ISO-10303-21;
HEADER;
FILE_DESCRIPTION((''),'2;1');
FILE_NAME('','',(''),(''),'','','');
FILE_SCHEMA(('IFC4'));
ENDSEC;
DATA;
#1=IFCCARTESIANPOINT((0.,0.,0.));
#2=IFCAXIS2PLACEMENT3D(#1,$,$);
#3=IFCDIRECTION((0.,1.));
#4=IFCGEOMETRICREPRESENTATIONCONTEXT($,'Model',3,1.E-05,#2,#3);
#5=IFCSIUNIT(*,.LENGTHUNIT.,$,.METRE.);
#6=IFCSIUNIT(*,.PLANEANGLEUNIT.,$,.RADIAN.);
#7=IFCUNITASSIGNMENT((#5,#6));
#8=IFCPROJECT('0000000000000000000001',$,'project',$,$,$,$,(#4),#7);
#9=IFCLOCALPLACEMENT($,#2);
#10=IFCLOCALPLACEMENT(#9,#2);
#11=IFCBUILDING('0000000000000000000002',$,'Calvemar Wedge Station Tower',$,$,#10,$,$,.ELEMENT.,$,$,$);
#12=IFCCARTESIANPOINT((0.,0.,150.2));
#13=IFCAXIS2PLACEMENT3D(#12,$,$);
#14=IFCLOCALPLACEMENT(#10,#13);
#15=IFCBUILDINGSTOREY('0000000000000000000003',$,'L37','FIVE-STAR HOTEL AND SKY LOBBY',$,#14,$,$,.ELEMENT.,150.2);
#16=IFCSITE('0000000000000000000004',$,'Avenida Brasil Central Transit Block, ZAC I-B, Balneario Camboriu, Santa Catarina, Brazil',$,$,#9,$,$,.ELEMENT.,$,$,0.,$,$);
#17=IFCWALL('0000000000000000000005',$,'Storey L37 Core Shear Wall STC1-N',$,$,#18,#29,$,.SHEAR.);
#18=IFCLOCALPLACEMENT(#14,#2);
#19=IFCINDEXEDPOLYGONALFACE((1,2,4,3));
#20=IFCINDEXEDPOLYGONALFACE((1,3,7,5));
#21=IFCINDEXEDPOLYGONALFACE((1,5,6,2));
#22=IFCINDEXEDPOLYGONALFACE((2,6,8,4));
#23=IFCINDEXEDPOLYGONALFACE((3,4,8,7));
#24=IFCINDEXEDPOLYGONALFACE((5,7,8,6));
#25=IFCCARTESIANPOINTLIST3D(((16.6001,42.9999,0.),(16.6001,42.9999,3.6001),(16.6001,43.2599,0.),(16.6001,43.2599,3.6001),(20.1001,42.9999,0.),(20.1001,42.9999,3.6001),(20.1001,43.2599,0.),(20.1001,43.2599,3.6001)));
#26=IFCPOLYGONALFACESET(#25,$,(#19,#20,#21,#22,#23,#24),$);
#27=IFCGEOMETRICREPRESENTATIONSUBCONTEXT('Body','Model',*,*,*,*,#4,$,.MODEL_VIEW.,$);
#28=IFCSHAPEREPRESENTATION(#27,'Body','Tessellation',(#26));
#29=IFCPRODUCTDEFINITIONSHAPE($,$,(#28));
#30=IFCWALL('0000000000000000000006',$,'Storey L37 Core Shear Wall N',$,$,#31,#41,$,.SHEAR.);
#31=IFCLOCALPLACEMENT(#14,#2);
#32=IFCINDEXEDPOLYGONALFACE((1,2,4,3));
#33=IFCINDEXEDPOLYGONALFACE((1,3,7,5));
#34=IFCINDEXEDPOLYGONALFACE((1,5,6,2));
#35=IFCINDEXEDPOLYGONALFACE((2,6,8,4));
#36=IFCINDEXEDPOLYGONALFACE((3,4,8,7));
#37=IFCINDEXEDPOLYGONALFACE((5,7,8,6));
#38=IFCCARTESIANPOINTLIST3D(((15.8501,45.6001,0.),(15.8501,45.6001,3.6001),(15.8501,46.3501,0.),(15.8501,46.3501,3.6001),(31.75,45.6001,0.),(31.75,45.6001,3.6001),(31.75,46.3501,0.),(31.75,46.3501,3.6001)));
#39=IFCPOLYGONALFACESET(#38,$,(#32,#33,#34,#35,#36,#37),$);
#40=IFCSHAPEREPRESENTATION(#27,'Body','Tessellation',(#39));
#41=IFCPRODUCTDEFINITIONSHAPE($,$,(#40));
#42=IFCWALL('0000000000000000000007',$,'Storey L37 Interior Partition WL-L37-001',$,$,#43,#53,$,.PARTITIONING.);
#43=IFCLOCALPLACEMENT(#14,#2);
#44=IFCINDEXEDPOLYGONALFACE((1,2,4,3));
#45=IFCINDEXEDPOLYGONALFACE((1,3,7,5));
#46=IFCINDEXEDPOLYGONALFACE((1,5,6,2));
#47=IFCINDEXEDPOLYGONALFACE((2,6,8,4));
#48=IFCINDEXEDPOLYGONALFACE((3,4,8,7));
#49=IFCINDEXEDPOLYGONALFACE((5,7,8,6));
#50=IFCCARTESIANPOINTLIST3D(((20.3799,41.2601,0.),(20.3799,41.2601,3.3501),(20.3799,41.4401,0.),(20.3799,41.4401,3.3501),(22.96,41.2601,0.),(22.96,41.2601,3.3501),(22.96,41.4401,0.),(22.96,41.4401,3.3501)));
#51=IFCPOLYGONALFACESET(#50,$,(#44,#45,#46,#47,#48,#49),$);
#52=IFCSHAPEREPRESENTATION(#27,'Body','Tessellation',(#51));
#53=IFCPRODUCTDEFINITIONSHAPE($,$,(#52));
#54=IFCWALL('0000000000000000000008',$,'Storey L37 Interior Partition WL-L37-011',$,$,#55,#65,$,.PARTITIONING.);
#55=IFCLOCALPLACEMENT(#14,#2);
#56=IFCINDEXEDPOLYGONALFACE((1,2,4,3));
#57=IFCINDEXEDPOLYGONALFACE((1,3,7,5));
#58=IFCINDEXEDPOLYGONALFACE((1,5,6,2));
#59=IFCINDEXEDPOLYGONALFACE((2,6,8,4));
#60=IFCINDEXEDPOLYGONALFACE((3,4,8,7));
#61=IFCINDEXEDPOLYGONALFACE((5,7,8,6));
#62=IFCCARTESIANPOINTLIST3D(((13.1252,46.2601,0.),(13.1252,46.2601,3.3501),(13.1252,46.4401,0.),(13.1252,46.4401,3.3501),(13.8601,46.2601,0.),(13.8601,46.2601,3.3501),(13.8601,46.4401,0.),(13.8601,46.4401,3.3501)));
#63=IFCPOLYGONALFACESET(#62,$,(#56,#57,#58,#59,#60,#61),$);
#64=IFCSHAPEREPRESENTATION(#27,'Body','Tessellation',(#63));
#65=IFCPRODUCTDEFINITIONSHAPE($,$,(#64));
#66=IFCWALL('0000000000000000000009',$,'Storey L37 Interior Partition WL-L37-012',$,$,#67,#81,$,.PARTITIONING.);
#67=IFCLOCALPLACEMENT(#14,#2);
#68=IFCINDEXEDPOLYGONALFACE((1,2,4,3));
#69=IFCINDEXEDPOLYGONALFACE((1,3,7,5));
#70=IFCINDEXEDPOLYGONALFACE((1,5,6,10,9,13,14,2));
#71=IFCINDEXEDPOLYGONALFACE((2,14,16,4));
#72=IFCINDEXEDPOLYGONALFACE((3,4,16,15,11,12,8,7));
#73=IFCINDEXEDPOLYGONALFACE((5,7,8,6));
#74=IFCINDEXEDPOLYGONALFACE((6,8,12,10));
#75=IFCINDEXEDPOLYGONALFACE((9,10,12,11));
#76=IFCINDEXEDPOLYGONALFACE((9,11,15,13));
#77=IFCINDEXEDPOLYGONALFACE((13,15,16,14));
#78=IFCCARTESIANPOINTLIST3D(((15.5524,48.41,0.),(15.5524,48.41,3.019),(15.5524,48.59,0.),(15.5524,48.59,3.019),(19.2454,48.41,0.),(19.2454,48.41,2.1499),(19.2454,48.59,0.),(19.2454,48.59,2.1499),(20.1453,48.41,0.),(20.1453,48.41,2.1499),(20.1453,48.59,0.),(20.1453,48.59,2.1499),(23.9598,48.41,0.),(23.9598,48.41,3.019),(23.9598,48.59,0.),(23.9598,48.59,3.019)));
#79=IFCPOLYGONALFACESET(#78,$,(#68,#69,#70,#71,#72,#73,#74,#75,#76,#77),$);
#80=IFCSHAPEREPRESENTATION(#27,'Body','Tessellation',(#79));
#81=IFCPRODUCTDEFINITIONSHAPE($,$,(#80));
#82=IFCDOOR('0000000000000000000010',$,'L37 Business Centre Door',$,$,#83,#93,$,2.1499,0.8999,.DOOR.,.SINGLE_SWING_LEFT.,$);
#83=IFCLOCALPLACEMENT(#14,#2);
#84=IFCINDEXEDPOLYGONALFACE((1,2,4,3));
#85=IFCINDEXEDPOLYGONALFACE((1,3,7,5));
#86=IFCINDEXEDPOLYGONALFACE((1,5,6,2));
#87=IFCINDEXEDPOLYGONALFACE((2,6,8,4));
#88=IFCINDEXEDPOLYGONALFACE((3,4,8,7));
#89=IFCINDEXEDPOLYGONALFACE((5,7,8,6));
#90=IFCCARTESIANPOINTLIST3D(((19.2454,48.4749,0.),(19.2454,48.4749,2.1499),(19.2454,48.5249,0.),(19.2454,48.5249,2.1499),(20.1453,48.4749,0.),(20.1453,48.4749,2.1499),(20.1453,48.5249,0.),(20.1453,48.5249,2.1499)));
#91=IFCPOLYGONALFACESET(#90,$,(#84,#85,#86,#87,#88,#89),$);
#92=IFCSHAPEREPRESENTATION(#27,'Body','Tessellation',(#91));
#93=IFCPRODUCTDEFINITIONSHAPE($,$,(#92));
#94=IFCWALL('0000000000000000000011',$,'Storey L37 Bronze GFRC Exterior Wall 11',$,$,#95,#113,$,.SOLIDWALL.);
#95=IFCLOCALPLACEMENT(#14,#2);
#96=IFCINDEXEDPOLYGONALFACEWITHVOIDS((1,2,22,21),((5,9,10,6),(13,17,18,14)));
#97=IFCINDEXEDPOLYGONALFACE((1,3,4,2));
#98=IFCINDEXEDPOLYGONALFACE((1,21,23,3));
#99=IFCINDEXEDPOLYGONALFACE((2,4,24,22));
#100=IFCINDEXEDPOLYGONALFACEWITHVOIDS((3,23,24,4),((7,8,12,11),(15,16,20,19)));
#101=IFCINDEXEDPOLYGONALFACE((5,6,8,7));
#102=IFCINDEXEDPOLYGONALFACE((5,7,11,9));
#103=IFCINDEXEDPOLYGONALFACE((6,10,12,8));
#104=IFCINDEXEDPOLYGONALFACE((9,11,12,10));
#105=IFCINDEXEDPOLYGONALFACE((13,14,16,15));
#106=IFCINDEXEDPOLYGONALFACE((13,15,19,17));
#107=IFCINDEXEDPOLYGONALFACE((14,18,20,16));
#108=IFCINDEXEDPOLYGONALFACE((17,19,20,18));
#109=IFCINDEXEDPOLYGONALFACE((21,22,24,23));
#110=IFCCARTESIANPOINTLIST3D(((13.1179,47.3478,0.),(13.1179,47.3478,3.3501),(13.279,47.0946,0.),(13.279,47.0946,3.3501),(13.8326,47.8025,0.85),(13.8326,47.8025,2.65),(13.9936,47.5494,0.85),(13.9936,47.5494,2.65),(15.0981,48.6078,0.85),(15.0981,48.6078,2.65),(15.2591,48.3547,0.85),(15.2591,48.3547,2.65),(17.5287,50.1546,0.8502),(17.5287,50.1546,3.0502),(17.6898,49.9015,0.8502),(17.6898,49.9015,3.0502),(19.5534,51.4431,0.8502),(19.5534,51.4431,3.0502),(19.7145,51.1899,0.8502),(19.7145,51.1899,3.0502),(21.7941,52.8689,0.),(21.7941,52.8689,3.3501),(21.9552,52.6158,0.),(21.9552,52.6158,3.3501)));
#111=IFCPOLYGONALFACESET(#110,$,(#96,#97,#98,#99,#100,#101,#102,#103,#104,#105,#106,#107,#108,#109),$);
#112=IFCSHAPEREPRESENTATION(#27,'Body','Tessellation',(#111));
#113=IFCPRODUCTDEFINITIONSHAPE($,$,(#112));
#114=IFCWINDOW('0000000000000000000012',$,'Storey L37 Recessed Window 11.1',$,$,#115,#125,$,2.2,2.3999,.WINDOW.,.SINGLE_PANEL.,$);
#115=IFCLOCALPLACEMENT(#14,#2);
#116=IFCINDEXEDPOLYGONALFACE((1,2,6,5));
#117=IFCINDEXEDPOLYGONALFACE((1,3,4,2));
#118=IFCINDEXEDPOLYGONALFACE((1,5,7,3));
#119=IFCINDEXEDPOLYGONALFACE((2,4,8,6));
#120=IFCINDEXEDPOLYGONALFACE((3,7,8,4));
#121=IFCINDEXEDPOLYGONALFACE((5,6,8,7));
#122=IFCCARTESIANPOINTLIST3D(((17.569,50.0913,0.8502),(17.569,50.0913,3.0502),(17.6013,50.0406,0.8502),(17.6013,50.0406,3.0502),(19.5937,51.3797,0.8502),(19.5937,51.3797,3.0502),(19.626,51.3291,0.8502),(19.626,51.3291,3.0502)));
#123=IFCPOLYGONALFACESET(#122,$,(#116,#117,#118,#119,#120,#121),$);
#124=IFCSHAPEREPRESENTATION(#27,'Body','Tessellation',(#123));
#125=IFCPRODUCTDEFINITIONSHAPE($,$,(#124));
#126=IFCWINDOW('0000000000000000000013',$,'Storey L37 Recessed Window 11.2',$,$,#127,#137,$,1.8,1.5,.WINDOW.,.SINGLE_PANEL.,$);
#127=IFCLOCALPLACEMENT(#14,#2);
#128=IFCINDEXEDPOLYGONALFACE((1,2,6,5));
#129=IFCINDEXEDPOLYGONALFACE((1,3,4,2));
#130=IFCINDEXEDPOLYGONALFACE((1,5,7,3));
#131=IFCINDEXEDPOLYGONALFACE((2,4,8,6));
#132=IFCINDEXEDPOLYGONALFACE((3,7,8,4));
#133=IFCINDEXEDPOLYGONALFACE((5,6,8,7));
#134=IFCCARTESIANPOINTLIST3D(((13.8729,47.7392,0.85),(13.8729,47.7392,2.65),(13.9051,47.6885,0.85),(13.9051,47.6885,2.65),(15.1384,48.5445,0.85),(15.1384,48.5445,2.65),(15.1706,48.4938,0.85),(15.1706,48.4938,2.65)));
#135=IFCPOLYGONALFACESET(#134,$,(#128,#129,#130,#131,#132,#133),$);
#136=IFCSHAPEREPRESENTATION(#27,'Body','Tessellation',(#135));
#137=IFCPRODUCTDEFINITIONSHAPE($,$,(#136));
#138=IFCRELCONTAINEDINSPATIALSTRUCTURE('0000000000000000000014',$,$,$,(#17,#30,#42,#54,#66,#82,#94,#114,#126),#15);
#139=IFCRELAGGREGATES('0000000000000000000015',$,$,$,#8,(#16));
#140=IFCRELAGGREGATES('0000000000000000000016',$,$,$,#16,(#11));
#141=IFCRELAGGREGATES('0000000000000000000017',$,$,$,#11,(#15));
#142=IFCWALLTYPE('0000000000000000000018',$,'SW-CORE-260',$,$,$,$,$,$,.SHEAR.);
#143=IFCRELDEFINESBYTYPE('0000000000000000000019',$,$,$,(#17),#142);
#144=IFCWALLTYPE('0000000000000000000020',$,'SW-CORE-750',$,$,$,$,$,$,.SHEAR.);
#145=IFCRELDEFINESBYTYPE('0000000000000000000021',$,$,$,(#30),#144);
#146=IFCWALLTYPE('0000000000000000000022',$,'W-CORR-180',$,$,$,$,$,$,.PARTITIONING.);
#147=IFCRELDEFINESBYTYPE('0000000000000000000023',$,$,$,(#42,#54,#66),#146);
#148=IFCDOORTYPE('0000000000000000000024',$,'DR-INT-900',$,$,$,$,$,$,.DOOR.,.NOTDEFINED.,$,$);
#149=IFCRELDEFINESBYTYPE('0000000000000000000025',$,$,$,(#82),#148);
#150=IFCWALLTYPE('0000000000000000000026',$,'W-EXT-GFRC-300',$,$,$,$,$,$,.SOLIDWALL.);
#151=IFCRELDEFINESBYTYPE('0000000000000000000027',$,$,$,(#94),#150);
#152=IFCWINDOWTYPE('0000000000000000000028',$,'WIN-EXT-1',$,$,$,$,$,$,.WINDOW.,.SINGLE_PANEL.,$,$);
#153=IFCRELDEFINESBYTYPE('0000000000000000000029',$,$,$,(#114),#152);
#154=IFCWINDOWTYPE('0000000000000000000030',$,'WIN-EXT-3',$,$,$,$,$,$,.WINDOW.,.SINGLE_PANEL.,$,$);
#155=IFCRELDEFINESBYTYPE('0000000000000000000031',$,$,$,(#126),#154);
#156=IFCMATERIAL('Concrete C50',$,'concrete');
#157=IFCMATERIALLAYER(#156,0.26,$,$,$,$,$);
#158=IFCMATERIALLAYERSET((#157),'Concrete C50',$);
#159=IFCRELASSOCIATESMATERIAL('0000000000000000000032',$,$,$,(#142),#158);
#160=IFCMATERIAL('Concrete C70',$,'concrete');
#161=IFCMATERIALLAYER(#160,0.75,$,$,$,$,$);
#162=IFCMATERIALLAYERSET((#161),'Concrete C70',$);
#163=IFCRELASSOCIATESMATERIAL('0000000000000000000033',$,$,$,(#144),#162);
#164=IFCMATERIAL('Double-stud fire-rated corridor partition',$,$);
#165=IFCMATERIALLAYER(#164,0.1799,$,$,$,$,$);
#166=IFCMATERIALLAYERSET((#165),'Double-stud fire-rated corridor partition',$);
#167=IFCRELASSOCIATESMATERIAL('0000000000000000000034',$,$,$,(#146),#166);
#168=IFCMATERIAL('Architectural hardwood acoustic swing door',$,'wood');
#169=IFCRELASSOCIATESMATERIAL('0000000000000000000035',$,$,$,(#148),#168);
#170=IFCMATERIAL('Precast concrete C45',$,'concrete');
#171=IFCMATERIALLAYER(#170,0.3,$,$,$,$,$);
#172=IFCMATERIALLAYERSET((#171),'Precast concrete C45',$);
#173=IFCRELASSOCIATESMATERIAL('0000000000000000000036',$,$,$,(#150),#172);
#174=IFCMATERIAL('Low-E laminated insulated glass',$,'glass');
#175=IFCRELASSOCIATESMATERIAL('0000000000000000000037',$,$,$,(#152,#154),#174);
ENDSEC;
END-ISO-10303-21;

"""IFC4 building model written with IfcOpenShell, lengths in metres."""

from ifc_helpers import new_model, si_unit, direction, frame, frame_2d, origin, place, context, subcontext, project, spatial, rectangle, extrude, source, transform, mapped, material, layer, layer_set, type_object, element, fill, save


model = new_model("IFC4")

# Units and contexts
model_context = context("Model", 3, precision=1e-05, world=origin(), true_north=direction((0.0, 1.0)))
body_context = subcontext(model_context, "Body", "Model", "MODEL_VIEW")
ifc_project = project(units=[si_unit("LENGTHUNIT", "METRE"), si_unit("PLANEANGLEUNIT", "RADIAN")], contexts=[model_context])

# Site, building, storey
site_placement = place(None, origin())
site = spatial("IfcSite", under=ifc_project, at=site_placement, Name="Avenida Brasil Central Transit Block, ZAC I-B, Balneario Camboriu, Santa Catarina, Brazil", CompositionType="ELEMENT", RefElevation=0.0)
building_placement = place(site_placement, origin())
building = spatial("IfcBuilding", under=site, at=building_placement, Name="Calvemar Wedge Station Tower", CompositionType="ELEMENT")
storey_placement = place(building_placement, frame((0.0, 0.0, 150.2)))
storey = spatial("IfcBuildingStorey", under=building, at=storey_placement, Name="L37", Description="FIVE-STAR HOTEL AND SKY LOBBY", CompositionType="ELEMENT", Elevation=150.2)

# Walls
ifc_material_1 = material(Name="Concrete C50", Category="concrete")
ifc_layer_1 = layer(ifc_material_1, 0.26)
ifc_layer_set_1 = layer_set([ifc_layer_1], Name="Concrete C50")
wall_type_1 = type_object("IfcWallType", Name="SW-CORE-260", PredefinedType="SHEAR", material=ifc_layer_set_1)
wall_1_placement = place(storey_placement, frame((16.6001, 43.1299, 0.0), z_axis=(0.0, 0.0, 1.0), x_axis=(1.0, 0.0, 0.0)))
element("IfcWall", 1, at=wall_1_placement, inside=storey, type_object=wall_type_1, Name="Storey L37 Core Shear Wall STC1-N", PredefinedType="SHEAR", context=body_context, shape_type="SweptSolid", body=[
    extrude(rectangle(XDim=3.5, YDim=0.26, at=frame_2d((1.75, 0.0))), origin(), (0.0, 0.0, 1.0), 3.6001),
])
ifc_material_2 = material(Name="Concrete C70", Category="concrete")
ifc_layer_2 = layer(ifc_material_2, 0.75)
ifc_layer_set_2 = layer_set([ifc_layer_2], Name="Concrete C70")
wall_type_2 = type_object("IfcWallType", Name="SW-CORE-750", PredefinedType="SHEAR", material=ifc_layer_set_2)
wall_2_placement = place(storey_placement, frame((15.8501, 45.9751, 0.0), z_axis=(0.0, 0.0, 1.0), x_axis=(1.0, 0.0, 0.0)))
element("IfcWall", 2, at=wall_2_placement, inside=storey, type_object=wall_type_2, Name="Storey L37 Core Shear Wall N", PredefinedType="SHEAR", context=body_context, shape_type="SweptSolid", body=[
    extrude(rectangle(XDim=15.8999, YDim=0.75, at=frame_2d((7.95, 0.0))), origin(), (0.0, 0.0, 1.0), 3.6001),
])
ifc_material_3 = material(Name="Double-stud fire-rated corridor partition")
ifc_layer_3 = layer(ifc_material_3, 0.1799)
ifc_layer_set_3 = layer_set([ifc_layer_3], Name="Double-stud fire-rated corridor partition")
wall_type_3 = type_object("IfcWallType", Name="W-CORR-180", PredefinedType="PARTITIONING", material=ifc_layer_set_3)
wall_3_placement = place(storey_placement, frame((22.96, 41.3501, 0.0), z_axis=(0.0, 0.0, 1.0), x_axis=(-1.0, 0.0, 0.0)))
element("IfcWall", 3, at=wall_3_placement, inside=storey, type_object=wall_type_3, Name="Storey L37 Interior Partition WL-L37-001", PredefinedType="PARTITIONING", context=body_context, shape_type="SweptSolid", body=[
    extrude(rectangle(XDim=2.5801, YDim=0.1799, at=frame_2d((1.29, 0.0))), origin(), (0.0, 0.0, 1.0), 3.3501),
])

# Wall
wall_4_placement = place(storey_placement, frame((13.8601, 46.3501, 0.0), z_axis=(0.0, 0.0, 1.0), x_axis=(-1.0, 0.0, 0.0)))
element("IfcWall", 4, at=wall_4_placement, inside=storey, type_object=wall_type_3, Name="Storey L37 Interior Partition WL-L37-011", PredefinedType="PARTITIONING", context=body_context, shape_type="SweptSolid", body=[
    extrude(rectangle(XDim=0.7349, YDim=0.1799, at=frame_2d((0.3674, 0.0))), origin(), (0.0, 0.0, 1.0), 3.3501),
])

# Wall, opening, door
wall_5_placement = place(storey_placement, frame((15.5525, 48.5, 0.0), z_axis=(0.0, 0.0, 1.0), x_axis=(1.0, 0.0, 0.0)))
wall_5 = element("IfcWall", 5, at=wall_5_placement, inside=storey, type_object=wall_type_3, Name="Storey L37 Interior Partition WL-L37-012", PredefinedType="PARTITIONING", context=body_context, shape_type="SweptSolid", body=[
    extrude(rectangle(XDim=8.4075, YDim=0.1799, at=frame_2d((4.2036, 0.0))), origin(), (0.0, 0.0, 1.0), 3.019),
])
shared_shape_1 = source(origin(), body_context, "Body", "SweptSolid", [
    extrude(rectangle(XDim=0.8999, YDim=2.1499, at=frame_2d((0.45, 1.075))), frame((0.0, 0.1001, 0.0), z_axis=(0.0, -1.0, 0.0), x_axis=(1.0, 0.0, 0.0)), (0.0, 0.0, 1.0), 0.2),
])
opening_1_placement = place(wall_5_placement, frame((3.6929, 0.0, 0.0)))
opening_1 = element("IfcOpeningElement", 6, at=opening_1_placement, cuts=wall_5, PredefinedType="OPENING", context=body_context, shape_type="MappedRepresentation", body=[
    mapped(shared_shape_1, transform((0.0, 0.0, 0.0), scale=1.0)),
])
ifc_material_4 = material(Name="Architectural hardwood acoustic swing door", Category="wood")
door_type_1 = type_object("IfcDoorType", Name="DR-INT-900", OperationType="NOTDEFINED", PredefinedType="DOOR", material=ifc_material_4)
shared_shape_2 = source(origin(), body_context, "Body", "SweptSolid", [
    extrude(rectangle(XDim=0.8999, YDim=2.1499, at=frame_2d((0.45, 1.075))), frame((0.0, 0.0249, 0.0), z_axis=(0.0, -1.0, 0.0), x_axis=(1.0, 0.0, 0.0)), (0.0, 0.0, 1.0), 0.05),
])
door_1_placement = place(opening_1_placement, origin())
door_1 = element("IfcDoor", 7, at=door_1_placement, inside=storey, type_object=door_type_1, Name="L37 Business Centre Door", OperationType="SINGLE_SWING_LEFT", OverallHeight=2.1499, OverallWidth=0.8999, PredefinedType="DOOR", context=body_context, shape_type="MappedRepresentation", body=[
    mapped(shared_shape_2, transform((0.0, 0.0, 0.0), scale=1.0)),
])
fill(opening_1, door_1)

# Wall, openings, windows
ifc_material_5 = material(Name="Precast concrete C45", Category="concrete")
ifc_layer_4 = layer(ifc_material_5, 0.3)
ifc_layer_set_4 = layer_set([ifc_layer_4], Name="Precast concrete C45")
wall_type_4 = type_object("IfcWallType", Name="W-EXT-GFRC-300", PredefinedType="SOLIDWALL", material=ifc_layer_set_4)
wall_6_placement = place(storey_placement, frame((21.8748, 52.7424, 0.0), z_axis=(0.0, 0.0, 1.0), x_axis=(-0.843662, -0.536874, 0.0)))
wall_6 = element("IfcWall", 8, at=wall_6_placement, inside=storey, type_object=wall_type_4, Name="Storey L37 Bronze GFRC Exterior Wall 11", PredefinedType="SOLIDWALL", context=body_context, shape_type="SweptSolid", body=[
    extrude(rectangle(XDim=10.2839, YDim=0.3, at=frame_2d((5.1421, 0.0))), origin(), (0.0, 0.0, 1.0), 3.3501),
])
shared_shape_3 = source(origin(), body_context, "Body", "SweptSolid", [
    extrude(rectangle(XDim=2.3999, YDim=2.2, at=frame_2d((1.2, 1.1001))), frame((0.0, 0.1602, 0.0), z_axis=(0.0, -1.0, 0.0), x_axis=(1.0, 0.0, 0.0)), (0.0, 0.0, 1.0), 0.3201),
])
opening_2_placement = place(wall_6_placement, frame((2.656, 0.0, 0.8501)))
opening_2 = element("IfcOpeningElement", 9, at=opening_2_placement, cuts=wall_6, PredefinedType="OPENING", context=body_context, shape_type="MappedRepresentation", body=[
    mapped(shared_shape_3, transform((0.0, 0.0, 0.0), scale=1.0)),
])
shared_shape_4 = source(origin(), body_context, "Body", "SweptSolid", [
    extrude(rectangle(XDim=1.5, YDim=1.8, at=frame_2d((0.75, 0.8999))), frame((0.0, 0.1602, 0.0), z_axis=(0.0, -1.0, 0.0), x_axis=(1.0, 0.0, 0.0)), (0.0, 0.0, 1.0), 0.3201),
])
opening_3_placement = place(wall_6_placement, frame((7.937, 0.0, 0.8501)))
opening_3 = element("IfcOpeningElement", 10, at=opening_3_placement, cuts=wall_6, PredefinedType="OPENING", context=body_context, shape_type="MappedRepresentation", body=[
    mapped(shared_shape_4, transform((0.0, 0.0, 0.0), scale=1.0)),
])
ifc_material_6 = material(Name="Low-E laminated insulated glass", Category="glass")
window_type_1 = type_object("IfcWindowType", Name="WIN-EXT-1", PartitioningType="SINGLE_PANEL", PredefinedType="WINDOW", material=ifc_material_6)
shared_shape_5 = source(origin(), body_context, "Body", "SweptSolid", [
    extrude(rectangle(XDim=2.3999, YDim=2.2, at=frame_2d((1.2, 1.1001))), frame((0.0, -0.0149, 0.0), z_axis=(0.0, -1.0, 0.0), x_axis=(1.0, 0.0, 0.0)), (0.0, 0.0, 1.0), 0.0601),
])
window_1_placement = place(opening_2_placement, origin())
window_1 = element("IfcWindow", 11, at=window_1_placement, inside=storey, type_object=window_type_1, Name="Storey L37 Recessed Window 11.1", OverallHeight=2.2, OverallWidth=2.3999, PartitioningType="SINGLE_PANEL", PredefinedType="WINDOW", context=body_context, shape_type="MappedRepresentation", body=[
    mapped(shared_shape_5, transform((0.0, 0.0, 0.0), scale=1.0)),
])
fill(opening_2, window_1)
window_type_2 = type_object("IfcWindowType", Name="WIN-EXT-3", PartitioningType="SINGLE_PANEL", PredefinedType="WINDOW", material=ifc_material_6)
shared_shape_6 = source(origin(), body_context, "Body", "SweptSolid", [
    extrude(rectangle(XDim=1.5, YDim=1.8, at=frame_2d((0.75, 0.8999))), frame((0.0, -0.0149, 0.0), z_axis=(0.0, -1.0, 0.0), x_axis=(1.0, 0.0, 0.0)), (0.0, 0.0, 1.0), 0.0601),
])
window_2_placement = place(opening_3_placement, origin())
window_2 = element("IfcWindow", 12, at=window_2_placement, inside=storey, type_object=window_type_2, Name="Storey L37 Recessed Window 11.2", OverallHeight=1.8, OverallWidth=1.5, PartitioningType="SINGLE_PANEL", PredefinedType="WINDOW", context=body_context, shape_type="MappedRepresentation", body=[
    mapped(shared_shape_6, transform((0.0, 0.0, 0.0), scale=1.0)),
])
fill(opening_3, window_2)

save(model, "model.ifc")
